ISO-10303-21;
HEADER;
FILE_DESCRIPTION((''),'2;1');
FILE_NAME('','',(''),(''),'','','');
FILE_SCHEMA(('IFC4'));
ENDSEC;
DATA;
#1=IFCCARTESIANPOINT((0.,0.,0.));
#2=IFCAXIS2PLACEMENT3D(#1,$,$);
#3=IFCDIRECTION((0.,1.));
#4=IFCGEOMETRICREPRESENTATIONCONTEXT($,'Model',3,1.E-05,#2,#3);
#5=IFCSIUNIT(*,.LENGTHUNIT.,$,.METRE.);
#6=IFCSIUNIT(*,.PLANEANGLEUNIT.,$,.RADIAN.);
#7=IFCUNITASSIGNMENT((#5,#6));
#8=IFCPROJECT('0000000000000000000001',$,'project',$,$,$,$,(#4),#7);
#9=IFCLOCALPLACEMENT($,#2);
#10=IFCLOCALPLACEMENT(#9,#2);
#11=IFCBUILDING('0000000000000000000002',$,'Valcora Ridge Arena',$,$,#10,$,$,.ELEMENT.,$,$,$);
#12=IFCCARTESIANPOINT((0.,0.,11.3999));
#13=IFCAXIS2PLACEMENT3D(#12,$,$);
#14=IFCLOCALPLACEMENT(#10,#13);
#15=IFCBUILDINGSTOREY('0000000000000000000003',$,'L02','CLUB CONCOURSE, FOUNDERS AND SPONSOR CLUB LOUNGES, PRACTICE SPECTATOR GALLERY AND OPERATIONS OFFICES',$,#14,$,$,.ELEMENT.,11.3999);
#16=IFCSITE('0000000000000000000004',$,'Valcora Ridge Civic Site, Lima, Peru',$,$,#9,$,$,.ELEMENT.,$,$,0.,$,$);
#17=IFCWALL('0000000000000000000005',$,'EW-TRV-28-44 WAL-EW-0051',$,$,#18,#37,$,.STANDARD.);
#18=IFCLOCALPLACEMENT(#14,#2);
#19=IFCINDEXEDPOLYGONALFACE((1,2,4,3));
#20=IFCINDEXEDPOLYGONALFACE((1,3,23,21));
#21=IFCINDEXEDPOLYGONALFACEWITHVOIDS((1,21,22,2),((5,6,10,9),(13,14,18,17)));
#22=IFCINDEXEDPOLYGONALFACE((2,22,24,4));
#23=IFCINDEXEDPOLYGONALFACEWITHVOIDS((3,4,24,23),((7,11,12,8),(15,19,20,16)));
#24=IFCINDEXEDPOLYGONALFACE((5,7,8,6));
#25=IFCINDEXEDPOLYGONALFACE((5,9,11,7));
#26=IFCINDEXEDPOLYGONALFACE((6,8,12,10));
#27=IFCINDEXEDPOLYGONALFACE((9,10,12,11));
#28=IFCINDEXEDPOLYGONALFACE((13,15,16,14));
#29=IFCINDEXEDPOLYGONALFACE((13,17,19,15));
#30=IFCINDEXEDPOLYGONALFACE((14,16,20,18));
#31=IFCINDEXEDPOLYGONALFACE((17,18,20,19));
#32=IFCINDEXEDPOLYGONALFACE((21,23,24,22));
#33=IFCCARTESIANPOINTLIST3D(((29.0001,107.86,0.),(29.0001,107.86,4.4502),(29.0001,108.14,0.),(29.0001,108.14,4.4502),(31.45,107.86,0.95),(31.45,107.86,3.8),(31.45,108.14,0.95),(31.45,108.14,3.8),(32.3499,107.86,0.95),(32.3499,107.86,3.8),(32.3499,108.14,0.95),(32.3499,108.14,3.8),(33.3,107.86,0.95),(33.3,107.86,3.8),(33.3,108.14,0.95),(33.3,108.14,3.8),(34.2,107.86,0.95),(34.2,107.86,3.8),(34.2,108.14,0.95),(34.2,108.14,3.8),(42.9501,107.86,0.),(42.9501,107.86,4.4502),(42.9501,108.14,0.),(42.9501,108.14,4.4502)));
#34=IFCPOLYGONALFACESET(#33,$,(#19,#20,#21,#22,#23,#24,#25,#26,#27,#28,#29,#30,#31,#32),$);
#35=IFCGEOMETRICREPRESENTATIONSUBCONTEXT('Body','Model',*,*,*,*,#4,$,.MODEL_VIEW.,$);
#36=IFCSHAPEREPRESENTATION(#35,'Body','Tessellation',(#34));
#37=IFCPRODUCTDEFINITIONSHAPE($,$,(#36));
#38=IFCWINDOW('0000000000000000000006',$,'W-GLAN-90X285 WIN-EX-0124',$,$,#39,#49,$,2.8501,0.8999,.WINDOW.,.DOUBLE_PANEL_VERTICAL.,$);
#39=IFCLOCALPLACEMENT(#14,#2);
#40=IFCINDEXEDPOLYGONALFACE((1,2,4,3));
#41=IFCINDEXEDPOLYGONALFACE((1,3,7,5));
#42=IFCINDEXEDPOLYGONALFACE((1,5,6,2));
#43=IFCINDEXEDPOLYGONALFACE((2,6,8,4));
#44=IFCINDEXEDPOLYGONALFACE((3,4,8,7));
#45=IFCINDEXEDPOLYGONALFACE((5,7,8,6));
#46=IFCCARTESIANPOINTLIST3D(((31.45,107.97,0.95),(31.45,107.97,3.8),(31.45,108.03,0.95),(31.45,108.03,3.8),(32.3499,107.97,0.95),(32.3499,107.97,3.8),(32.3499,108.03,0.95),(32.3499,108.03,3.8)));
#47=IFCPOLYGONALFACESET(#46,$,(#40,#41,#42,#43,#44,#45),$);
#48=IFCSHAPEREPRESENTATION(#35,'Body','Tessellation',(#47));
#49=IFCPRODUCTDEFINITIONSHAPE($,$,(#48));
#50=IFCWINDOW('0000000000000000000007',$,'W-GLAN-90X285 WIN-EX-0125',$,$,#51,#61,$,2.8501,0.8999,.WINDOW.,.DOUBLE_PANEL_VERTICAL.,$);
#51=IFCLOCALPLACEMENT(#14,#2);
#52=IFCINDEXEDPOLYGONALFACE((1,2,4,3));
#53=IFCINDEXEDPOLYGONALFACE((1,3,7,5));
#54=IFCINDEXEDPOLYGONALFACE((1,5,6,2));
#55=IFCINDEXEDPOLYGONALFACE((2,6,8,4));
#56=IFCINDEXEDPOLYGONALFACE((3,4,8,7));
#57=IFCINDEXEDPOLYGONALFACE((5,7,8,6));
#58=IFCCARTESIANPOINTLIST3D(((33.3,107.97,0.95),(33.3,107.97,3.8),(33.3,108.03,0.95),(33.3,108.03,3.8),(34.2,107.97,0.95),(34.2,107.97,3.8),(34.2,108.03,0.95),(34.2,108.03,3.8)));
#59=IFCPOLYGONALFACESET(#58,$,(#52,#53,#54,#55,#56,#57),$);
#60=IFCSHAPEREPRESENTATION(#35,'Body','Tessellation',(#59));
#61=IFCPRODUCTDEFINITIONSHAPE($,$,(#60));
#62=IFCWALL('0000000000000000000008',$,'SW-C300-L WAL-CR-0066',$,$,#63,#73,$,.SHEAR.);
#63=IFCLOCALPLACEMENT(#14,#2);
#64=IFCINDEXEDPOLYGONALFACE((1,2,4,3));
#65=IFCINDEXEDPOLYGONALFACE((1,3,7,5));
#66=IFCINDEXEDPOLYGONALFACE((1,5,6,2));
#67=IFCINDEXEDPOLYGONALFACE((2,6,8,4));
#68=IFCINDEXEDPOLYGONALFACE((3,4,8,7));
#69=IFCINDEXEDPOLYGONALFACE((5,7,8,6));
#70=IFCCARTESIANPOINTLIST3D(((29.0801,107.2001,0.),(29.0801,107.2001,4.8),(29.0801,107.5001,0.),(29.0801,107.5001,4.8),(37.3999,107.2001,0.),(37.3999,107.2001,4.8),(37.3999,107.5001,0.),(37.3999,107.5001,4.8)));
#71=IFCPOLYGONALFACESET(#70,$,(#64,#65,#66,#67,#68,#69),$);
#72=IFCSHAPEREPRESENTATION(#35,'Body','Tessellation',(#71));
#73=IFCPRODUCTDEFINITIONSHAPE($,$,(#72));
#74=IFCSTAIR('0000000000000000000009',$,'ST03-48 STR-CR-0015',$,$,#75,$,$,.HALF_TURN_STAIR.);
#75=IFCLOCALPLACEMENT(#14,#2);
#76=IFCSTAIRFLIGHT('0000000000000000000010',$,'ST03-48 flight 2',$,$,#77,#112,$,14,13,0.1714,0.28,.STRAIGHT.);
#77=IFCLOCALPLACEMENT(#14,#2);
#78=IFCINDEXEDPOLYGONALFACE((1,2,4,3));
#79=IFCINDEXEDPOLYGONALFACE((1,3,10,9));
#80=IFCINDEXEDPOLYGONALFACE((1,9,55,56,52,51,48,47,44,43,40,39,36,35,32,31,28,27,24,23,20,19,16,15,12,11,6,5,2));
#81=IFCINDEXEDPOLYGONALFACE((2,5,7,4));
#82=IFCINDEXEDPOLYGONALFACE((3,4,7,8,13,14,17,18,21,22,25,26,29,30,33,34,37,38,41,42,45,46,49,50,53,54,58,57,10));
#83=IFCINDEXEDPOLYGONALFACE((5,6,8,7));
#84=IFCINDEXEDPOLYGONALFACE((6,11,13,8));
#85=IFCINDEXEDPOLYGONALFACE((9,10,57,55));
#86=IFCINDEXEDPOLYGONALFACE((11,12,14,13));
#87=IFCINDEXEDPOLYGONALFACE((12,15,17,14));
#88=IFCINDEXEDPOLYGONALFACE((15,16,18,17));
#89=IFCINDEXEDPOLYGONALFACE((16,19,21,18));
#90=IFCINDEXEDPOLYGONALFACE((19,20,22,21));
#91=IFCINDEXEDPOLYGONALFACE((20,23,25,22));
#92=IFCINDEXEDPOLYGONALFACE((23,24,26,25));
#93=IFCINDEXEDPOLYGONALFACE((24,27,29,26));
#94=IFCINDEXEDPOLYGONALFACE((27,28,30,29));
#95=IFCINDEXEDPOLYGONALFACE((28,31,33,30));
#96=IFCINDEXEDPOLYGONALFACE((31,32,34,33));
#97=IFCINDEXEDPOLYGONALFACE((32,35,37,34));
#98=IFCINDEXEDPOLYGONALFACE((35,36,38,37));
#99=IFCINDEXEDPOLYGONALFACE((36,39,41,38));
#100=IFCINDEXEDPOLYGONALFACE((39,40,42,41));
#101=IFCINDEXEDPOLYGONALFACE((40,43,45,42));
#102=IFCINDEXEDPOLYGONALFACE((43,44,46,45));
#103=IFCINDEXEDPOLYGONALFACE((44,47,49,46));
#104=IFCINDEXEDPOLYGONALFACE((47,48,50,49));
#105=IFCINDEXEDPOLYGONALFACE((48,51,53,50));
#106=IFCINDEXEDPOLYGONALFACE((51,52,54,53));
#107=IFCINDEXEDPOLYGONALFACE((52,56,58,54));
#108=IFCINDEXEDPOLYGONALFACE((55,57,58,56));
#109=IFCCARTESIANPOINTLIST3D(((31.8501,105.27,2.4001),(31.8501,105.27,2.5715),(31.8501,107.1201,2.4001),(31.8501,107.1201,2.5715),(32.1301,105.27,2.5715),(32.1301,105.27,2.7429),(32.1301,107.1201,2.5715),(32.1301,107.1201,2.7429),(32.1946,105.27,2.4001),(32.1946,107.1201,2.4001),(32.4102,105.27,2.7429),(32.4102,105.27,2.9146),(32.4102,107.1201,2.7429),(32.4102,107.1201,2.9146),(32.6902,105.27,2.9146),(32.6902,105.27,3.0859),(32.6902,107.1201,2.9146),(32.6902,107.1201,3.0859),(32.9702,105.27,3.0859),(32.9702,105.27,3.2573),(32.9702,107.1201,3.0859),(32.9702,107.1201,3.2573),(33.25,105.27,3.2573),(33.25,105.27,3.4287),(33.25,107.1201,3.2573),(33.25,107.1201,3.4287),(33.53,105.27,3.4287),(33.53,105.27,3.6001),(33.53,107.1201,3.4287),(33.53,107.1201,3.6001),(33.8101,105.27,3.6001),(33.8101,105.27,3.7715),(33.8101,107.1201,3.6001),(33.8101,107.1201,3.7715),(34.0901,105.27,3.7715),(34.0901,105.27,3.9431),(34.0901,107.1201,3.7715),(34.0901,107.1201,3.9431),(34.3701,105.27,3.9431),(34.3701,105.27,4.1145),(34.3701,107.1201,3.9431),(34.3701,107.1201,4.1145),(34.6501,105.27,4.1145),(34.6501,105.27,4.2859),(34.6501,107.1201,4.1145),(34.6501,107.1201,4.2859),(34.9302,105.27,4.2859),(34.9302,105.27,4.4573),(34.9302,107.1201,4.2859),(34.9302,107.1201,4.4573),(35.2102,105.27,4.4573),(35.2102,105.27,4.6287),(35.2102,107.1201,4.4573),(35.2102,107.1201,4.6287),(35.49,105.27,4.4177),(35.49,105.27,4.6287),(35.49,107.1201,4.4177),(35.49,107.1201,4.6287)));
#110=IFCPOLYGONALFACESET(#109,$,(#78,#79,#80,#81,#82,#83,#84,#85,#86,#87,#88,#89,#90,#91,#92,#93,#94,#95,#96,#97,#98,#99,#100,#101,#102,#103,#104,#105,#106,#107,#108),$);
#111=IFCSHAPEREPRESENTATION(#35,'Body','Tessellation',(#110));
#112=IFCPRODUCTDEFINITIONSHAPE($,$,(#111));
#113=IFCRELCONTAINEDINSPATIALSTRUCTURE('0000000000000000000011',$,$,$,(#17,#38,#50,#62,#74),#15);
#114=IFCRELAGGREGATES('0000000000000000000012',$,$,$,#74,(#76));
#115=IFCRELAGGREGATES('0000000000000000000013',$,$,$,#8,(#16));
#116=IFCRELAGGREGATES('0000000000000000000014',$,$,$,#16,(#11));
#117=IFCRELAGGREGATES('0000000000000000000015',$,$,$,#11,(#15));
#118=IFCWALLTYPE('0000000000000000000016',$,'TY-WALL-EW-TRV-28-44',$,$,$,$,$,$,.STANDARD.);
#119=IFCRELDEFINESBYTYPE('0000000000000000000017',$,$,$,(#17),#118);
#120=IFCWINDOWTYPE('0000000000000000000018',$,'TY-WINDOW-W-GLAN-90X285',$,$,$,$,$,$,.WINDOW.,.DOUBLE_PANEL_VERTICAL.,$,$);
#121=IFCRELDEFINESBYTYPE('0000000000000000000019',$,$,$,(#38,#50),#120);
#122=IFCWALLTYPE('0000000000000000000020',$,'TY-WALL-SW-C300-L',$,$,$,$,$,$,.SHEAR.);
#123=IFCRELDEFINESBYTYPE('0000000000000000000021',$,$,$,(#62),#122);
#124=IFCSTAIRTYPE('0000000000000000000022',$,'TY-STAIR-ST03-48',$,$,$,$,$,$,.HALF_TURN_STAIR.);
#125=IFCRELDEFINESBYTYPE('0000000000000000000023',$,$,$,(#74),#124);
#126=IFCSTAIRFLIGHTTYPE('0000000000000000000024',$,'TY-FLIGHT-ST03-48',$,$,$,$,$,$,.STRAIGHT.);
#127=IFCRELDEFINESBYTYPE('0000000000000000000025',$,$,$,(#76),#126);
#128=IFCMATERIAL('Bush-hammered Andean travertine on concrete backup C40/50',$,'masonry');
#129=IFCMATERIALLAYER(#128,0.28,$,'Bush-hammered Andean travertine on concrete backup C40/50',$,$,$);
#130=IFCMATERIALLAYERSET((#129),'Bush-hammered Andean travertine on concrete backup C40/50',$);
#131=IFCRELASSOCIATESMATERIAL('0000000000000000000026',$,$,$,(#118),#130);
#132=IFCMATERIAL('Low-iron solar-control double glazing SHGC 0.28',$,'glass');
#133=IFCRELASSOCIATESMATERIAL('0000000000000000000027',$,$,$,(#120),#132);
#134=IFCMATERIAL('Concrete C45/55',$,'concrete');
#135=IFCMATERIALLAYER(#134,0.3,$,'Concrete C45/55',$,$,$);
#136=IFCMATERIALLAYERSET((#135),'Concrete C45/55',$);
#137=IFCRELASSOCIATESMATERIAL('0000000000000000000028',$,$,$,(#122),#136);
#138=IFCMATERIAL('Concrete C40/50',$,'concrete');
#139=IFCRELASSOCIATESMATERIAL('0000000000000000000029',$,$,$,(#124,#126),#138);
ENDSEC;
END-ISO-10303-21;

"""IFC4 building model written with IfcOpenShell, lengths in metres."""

from ifc_helpers import new_model, si_unit, direction, frame, frame_2d, origin, place, context, subcontext, project, spatial, polyline, rectangle, outline, extrude, material, layer, layer_set, type_object, element, fill, aggregate, save


model = new_model("IFC4")

# Units and contexts
model_context = context("Model", 3, precision=1e-05, world=origin(), true_north=direction((0.0, 1.0)))
body_context = subcontext(model_context, "Body", "Model", "MODEL_VIEW")
ifc_project = project(units=[si_unit("LENGTHUNIT", "METRE"), si_unit("PLANEANGLEUNIT", "RADIAN")], contexts=[model_context])

# Site, building, storey
site_placement = place(None, origin())
site = spatial("IfcSite", under=ifc_project, at=site_placement, Name="Valcora Ridge Civic Site, Lima, Peru", CompositionType="ELEMENT", RefElevation=0.0)
building_placement = place(site_placement, origin())
building = spatial("IfcBuilding", under=site, at=building_placement, Name="Valcora Ridge Arena", CompositionType="ELEMENT")
storey_placement = place(building_placement, frame((0.0, 0.0, 11.3999)))
storey = spatial("IfcBuildingStorey", under=building, at=storey_placement, Name="L02", Description="CLUB CONCOURSE, FOUNDERS AND SPONSOR CLUB LOUNGES, PRACTICE SPECTATOR GALLERY AND OPERATIONS OFFICES", CompositionType="ELEMENT", Elevation=11.3999)

# Shared definitions
ifc_material_1 = material(Name="Concrete C40/50", Category="concrete")

# Wall, openings, windows
ifc_material_2 = material(Name="Bush-hammered Andean travertine on concrete backup C40/50", Category="masonry")
ifc_material_3 = material(Name="Low-iron solar-control double glazing SHGC 0.28", Category="glass")
ifc_layer_1 = layer(ifc_material_2, 0.28, Name="Bush-hammered Andean travertine on concrete backup C40/50")
ifc_layer_set_1 = layer_set([ifc_layer_1], Name="Bush-hammered Andean travertine on concrete backup C40/50")
wall_type_1 = type_object("IfcWallType", Name="TY-WALL-EW-TRV-28-44", PredefinedType="STANDARD", material=ifc_layer_set_1)
wall_1_placement = place(storey_placement, frame((29.0, 108.0, 0.0), z_axis=(0.0, 0.0, 1.0), x_axis=(1.0, 0.0, 0.0)))
wall_1 = element("IfcWall", 1, at=wall_1_placement, inside=storey, type_object=wall_type_1, Name="EW-TRV-28-44 WAL-EW-0051", PredefinedType="STANDARD", context=body_context, shape_type="SweptSolid", body=[
    extrude(rectangle(XDim=13.95, YDim=0.28, at=frame_2d((6.9751, 0.0))), origin(), (0.0, 0.0, 1.0), 4.4502),
])
opening_1_placement = place(wall_1_placement, frame((2.45, 0.0, 0.95)))
opening_1 = element("IfcOpeningElement", 2, at=opening_1_placement, cuts=wall_1, PredefinedType="OPENING", context=body_context, shape_type="SweptSolid", body=[
    extrude(rectangle(XDim=0.8999, YDim=2.8501, at=frame_2d((0.45, 1.425))), frame((0.0, 0.1499, 0.0), z_axis=(0.0, -1.0, 0.0), x_axis=(1.0, 0.0, 0.0)), (0.0, 0.0, 1.0), 0.3),
])
opening_2_placement = place(wall_1_placement, frame((4.3, 0.0, 0.95)))
opening_2 = element("IfcOpeningElement", 3, at=opening_2_placement, cuts=wall_1, PredefinedType="OPENING", context=body_context, shape_type="SweptSolid", body=[
    extrude(rectangle(XDim=0.8999, YDim=2.8501, at=frame_2d((0.45, 1.425))), frame((0.0, 0.1499, 0.0), z_axis=(0.0, -1.0, 0.0), x_axis=(1.0, 0.0, 0.0)), (0.0, 0.0, 1.0), 0.3),
])
window_type_1 = type_object("IfcWindowType", Name="TY-WINDOW-W-GLAN-90X285", PartitioningType="DOUBLE_PANEL_VERTICAL", PredefinedType="WINDOW", material=ifc_material_3)
window_1_placement = place(opening_1_placement, origin())
window_1 = element("IfcWindow", 4, at=window_1_placement, inside=storey, type_object=window_type_1, Name="W-GLAN-90X285 WIN-EX-0124", OverallHeight=2.8501, OverallWidth=0.8999, PartitioningType="DOUBLE_PANEL_VERTICAL", PredefinedType="WINDOW", context=body_context, shape_type="SweptSolid", body=[
    extrude(rectangle(XDim=0.8999, YDim=2.8501, at=frame_2d((0.45, 1.425))), frame((0.0, 0.03, 0.0), z_axis=(0.0, -1.0, 0.0), x_axis=(1.0, 0.0, 0.0)), (0.0, 0.0, 1.0), 0.0601),
])
fill(opening_1, window_1)
window_2_placement = place(opening_2_placement, origin())
window_2 = element("IfcWindow", 5, at=window_2_placement, inside=storey, type_object=window_type_1, Name="W-GLAN-90X285 WIN-EX-0125", OverallHeight=2.8501, OverallWidth=0.8999, PartitioningType="DOUBLE_PANEL_VERTICAL", PredefinedType="WINDOW", context=body_context, shape_type="SweptSolid", body=[
    extrude(rectangle(XDim=0.8999, YDim=2.8501, at=frame_2d((0.45, 1.425))), frame((0.0, 0.03, 0.0), z_axis=(0.0, -1.0, 0.0), x_axis=(1.0, 0.0, 0.0)), (0.0, 0.0, 1.0), 0.0601),
])
fill(opening_2, window_2)

# Wall
ifc_material_4 = material(Name="Concrete C45/55", Category="concrete")
ifc_layer_2 = layer(ifc_material_4, 0.3, Name="Concrete C45/55")
ifc_layer_set_2 = layer_set([ifc_layer_2], Name="Concrete C45/55")
wall_type_2 = type_object("IfcWallType", Name="TY-WALL-SW-C300-L", PredefinedType="SHEAR", material=ifc_layer_set_2)
wall_2_placement = place(storey_placement, frame((29.0801, 107.3501, 0.0), z_axis=(0.0, 0.0, 1.0), x_axis=(1.0, 0.0, 0.0)))
element("IfcWall", 6, at=wall_2_placement, inside=storey, type_object=wall_type_2, Name="SW-C300-L WAL-CR-0066", PredefinedType="SHEAR", context=body_context, shape_type="SweptSolid", body=[
    extrude(rectangle(XDim=8.3198, YDim=0.3, at=frame_2d((4.1599, 0.0))), origin(), (0.0, 0.0, 1.0), 4.8),
])

# Stair, stair flight
stair_type = type_object("IfcStairType", Name="TY-STAIR-ST03-48", PredefinedType="HALF_TURN_STAIR", material=ifc_material_1)
stair_placement = place(storey_placement, origin())
stair = element("IfcStair", 7, at=stair_placement, inside=storey, type_object=stair_type, Name="ST03-48 STR-CR-0015", PredefinedType="HALF_TURN_STAIR")
stair_flight_type = type_object("IfcStairFlightType", Name="TY-FLIGHT-ST03-48", PredefinedType="STRAIGHT", material=ifc_material_1)
stair_flight_placement = place(storey_placement, frame((31.8501, 106.1951, 2.4001), z_axis=(0.0, 0.0, 1.0), x_axis=(1.0, 0.0, 0.0)))
stair_flight = element("IfcStairFlight", 8, at=stair_flight_placement, type_object=stair_flight_type, Name="ST03-48 flight 2", NumberOfRisers=14, NumberOfTreads=13, PredefinedType="STRAIGHT", RiserHeight=0.1714, TreadLength=0.28, context=body_context, shape_type="SweptSolid", body=[
    extrude(outline(polyline([(0.0, 0.0), (0.0, 0.1714), (0.28, 0.1714), (0.28, 0.3428), (0.5601, 0.3428), (0.5601, 0.5144), (0.8401, 0.5144), (0.8401, 0.6858), (1.1201, 0.6858), (1.1201, 0.8572), (1.3999, 0.8572), (1.3999, 1.0286), (1.6799, 1.0286), (1.6799, 1.2), (1.96, 1.2), (1.96, 1.3713), (2.24, 1.3713), (2.24, 1.543), (2.52, 1.543), (2.52, 1.7144), (2.8, 1.7144), (2.8, 1.8857), (3.0801, 1.8857), (3.0801, 2.0571), (3.3601, 2.0571), (3.3601, 2.2285), (3.6399, 2.2285), (3.6399, 2.3999), (3.6399, 2.0176), (0.3445, 0.0), (0.0, 0.0)])), frame((0.0, 0.925, 0.0), z_axis=(0.0, -1.0, 0.0), x_axis=(1.0, 0.0, 0.0)), (0.0, 0.0, 1.0), 1.8501),
])
aggregate(stair, [stair_flight])

save(model, "model.ifc")
